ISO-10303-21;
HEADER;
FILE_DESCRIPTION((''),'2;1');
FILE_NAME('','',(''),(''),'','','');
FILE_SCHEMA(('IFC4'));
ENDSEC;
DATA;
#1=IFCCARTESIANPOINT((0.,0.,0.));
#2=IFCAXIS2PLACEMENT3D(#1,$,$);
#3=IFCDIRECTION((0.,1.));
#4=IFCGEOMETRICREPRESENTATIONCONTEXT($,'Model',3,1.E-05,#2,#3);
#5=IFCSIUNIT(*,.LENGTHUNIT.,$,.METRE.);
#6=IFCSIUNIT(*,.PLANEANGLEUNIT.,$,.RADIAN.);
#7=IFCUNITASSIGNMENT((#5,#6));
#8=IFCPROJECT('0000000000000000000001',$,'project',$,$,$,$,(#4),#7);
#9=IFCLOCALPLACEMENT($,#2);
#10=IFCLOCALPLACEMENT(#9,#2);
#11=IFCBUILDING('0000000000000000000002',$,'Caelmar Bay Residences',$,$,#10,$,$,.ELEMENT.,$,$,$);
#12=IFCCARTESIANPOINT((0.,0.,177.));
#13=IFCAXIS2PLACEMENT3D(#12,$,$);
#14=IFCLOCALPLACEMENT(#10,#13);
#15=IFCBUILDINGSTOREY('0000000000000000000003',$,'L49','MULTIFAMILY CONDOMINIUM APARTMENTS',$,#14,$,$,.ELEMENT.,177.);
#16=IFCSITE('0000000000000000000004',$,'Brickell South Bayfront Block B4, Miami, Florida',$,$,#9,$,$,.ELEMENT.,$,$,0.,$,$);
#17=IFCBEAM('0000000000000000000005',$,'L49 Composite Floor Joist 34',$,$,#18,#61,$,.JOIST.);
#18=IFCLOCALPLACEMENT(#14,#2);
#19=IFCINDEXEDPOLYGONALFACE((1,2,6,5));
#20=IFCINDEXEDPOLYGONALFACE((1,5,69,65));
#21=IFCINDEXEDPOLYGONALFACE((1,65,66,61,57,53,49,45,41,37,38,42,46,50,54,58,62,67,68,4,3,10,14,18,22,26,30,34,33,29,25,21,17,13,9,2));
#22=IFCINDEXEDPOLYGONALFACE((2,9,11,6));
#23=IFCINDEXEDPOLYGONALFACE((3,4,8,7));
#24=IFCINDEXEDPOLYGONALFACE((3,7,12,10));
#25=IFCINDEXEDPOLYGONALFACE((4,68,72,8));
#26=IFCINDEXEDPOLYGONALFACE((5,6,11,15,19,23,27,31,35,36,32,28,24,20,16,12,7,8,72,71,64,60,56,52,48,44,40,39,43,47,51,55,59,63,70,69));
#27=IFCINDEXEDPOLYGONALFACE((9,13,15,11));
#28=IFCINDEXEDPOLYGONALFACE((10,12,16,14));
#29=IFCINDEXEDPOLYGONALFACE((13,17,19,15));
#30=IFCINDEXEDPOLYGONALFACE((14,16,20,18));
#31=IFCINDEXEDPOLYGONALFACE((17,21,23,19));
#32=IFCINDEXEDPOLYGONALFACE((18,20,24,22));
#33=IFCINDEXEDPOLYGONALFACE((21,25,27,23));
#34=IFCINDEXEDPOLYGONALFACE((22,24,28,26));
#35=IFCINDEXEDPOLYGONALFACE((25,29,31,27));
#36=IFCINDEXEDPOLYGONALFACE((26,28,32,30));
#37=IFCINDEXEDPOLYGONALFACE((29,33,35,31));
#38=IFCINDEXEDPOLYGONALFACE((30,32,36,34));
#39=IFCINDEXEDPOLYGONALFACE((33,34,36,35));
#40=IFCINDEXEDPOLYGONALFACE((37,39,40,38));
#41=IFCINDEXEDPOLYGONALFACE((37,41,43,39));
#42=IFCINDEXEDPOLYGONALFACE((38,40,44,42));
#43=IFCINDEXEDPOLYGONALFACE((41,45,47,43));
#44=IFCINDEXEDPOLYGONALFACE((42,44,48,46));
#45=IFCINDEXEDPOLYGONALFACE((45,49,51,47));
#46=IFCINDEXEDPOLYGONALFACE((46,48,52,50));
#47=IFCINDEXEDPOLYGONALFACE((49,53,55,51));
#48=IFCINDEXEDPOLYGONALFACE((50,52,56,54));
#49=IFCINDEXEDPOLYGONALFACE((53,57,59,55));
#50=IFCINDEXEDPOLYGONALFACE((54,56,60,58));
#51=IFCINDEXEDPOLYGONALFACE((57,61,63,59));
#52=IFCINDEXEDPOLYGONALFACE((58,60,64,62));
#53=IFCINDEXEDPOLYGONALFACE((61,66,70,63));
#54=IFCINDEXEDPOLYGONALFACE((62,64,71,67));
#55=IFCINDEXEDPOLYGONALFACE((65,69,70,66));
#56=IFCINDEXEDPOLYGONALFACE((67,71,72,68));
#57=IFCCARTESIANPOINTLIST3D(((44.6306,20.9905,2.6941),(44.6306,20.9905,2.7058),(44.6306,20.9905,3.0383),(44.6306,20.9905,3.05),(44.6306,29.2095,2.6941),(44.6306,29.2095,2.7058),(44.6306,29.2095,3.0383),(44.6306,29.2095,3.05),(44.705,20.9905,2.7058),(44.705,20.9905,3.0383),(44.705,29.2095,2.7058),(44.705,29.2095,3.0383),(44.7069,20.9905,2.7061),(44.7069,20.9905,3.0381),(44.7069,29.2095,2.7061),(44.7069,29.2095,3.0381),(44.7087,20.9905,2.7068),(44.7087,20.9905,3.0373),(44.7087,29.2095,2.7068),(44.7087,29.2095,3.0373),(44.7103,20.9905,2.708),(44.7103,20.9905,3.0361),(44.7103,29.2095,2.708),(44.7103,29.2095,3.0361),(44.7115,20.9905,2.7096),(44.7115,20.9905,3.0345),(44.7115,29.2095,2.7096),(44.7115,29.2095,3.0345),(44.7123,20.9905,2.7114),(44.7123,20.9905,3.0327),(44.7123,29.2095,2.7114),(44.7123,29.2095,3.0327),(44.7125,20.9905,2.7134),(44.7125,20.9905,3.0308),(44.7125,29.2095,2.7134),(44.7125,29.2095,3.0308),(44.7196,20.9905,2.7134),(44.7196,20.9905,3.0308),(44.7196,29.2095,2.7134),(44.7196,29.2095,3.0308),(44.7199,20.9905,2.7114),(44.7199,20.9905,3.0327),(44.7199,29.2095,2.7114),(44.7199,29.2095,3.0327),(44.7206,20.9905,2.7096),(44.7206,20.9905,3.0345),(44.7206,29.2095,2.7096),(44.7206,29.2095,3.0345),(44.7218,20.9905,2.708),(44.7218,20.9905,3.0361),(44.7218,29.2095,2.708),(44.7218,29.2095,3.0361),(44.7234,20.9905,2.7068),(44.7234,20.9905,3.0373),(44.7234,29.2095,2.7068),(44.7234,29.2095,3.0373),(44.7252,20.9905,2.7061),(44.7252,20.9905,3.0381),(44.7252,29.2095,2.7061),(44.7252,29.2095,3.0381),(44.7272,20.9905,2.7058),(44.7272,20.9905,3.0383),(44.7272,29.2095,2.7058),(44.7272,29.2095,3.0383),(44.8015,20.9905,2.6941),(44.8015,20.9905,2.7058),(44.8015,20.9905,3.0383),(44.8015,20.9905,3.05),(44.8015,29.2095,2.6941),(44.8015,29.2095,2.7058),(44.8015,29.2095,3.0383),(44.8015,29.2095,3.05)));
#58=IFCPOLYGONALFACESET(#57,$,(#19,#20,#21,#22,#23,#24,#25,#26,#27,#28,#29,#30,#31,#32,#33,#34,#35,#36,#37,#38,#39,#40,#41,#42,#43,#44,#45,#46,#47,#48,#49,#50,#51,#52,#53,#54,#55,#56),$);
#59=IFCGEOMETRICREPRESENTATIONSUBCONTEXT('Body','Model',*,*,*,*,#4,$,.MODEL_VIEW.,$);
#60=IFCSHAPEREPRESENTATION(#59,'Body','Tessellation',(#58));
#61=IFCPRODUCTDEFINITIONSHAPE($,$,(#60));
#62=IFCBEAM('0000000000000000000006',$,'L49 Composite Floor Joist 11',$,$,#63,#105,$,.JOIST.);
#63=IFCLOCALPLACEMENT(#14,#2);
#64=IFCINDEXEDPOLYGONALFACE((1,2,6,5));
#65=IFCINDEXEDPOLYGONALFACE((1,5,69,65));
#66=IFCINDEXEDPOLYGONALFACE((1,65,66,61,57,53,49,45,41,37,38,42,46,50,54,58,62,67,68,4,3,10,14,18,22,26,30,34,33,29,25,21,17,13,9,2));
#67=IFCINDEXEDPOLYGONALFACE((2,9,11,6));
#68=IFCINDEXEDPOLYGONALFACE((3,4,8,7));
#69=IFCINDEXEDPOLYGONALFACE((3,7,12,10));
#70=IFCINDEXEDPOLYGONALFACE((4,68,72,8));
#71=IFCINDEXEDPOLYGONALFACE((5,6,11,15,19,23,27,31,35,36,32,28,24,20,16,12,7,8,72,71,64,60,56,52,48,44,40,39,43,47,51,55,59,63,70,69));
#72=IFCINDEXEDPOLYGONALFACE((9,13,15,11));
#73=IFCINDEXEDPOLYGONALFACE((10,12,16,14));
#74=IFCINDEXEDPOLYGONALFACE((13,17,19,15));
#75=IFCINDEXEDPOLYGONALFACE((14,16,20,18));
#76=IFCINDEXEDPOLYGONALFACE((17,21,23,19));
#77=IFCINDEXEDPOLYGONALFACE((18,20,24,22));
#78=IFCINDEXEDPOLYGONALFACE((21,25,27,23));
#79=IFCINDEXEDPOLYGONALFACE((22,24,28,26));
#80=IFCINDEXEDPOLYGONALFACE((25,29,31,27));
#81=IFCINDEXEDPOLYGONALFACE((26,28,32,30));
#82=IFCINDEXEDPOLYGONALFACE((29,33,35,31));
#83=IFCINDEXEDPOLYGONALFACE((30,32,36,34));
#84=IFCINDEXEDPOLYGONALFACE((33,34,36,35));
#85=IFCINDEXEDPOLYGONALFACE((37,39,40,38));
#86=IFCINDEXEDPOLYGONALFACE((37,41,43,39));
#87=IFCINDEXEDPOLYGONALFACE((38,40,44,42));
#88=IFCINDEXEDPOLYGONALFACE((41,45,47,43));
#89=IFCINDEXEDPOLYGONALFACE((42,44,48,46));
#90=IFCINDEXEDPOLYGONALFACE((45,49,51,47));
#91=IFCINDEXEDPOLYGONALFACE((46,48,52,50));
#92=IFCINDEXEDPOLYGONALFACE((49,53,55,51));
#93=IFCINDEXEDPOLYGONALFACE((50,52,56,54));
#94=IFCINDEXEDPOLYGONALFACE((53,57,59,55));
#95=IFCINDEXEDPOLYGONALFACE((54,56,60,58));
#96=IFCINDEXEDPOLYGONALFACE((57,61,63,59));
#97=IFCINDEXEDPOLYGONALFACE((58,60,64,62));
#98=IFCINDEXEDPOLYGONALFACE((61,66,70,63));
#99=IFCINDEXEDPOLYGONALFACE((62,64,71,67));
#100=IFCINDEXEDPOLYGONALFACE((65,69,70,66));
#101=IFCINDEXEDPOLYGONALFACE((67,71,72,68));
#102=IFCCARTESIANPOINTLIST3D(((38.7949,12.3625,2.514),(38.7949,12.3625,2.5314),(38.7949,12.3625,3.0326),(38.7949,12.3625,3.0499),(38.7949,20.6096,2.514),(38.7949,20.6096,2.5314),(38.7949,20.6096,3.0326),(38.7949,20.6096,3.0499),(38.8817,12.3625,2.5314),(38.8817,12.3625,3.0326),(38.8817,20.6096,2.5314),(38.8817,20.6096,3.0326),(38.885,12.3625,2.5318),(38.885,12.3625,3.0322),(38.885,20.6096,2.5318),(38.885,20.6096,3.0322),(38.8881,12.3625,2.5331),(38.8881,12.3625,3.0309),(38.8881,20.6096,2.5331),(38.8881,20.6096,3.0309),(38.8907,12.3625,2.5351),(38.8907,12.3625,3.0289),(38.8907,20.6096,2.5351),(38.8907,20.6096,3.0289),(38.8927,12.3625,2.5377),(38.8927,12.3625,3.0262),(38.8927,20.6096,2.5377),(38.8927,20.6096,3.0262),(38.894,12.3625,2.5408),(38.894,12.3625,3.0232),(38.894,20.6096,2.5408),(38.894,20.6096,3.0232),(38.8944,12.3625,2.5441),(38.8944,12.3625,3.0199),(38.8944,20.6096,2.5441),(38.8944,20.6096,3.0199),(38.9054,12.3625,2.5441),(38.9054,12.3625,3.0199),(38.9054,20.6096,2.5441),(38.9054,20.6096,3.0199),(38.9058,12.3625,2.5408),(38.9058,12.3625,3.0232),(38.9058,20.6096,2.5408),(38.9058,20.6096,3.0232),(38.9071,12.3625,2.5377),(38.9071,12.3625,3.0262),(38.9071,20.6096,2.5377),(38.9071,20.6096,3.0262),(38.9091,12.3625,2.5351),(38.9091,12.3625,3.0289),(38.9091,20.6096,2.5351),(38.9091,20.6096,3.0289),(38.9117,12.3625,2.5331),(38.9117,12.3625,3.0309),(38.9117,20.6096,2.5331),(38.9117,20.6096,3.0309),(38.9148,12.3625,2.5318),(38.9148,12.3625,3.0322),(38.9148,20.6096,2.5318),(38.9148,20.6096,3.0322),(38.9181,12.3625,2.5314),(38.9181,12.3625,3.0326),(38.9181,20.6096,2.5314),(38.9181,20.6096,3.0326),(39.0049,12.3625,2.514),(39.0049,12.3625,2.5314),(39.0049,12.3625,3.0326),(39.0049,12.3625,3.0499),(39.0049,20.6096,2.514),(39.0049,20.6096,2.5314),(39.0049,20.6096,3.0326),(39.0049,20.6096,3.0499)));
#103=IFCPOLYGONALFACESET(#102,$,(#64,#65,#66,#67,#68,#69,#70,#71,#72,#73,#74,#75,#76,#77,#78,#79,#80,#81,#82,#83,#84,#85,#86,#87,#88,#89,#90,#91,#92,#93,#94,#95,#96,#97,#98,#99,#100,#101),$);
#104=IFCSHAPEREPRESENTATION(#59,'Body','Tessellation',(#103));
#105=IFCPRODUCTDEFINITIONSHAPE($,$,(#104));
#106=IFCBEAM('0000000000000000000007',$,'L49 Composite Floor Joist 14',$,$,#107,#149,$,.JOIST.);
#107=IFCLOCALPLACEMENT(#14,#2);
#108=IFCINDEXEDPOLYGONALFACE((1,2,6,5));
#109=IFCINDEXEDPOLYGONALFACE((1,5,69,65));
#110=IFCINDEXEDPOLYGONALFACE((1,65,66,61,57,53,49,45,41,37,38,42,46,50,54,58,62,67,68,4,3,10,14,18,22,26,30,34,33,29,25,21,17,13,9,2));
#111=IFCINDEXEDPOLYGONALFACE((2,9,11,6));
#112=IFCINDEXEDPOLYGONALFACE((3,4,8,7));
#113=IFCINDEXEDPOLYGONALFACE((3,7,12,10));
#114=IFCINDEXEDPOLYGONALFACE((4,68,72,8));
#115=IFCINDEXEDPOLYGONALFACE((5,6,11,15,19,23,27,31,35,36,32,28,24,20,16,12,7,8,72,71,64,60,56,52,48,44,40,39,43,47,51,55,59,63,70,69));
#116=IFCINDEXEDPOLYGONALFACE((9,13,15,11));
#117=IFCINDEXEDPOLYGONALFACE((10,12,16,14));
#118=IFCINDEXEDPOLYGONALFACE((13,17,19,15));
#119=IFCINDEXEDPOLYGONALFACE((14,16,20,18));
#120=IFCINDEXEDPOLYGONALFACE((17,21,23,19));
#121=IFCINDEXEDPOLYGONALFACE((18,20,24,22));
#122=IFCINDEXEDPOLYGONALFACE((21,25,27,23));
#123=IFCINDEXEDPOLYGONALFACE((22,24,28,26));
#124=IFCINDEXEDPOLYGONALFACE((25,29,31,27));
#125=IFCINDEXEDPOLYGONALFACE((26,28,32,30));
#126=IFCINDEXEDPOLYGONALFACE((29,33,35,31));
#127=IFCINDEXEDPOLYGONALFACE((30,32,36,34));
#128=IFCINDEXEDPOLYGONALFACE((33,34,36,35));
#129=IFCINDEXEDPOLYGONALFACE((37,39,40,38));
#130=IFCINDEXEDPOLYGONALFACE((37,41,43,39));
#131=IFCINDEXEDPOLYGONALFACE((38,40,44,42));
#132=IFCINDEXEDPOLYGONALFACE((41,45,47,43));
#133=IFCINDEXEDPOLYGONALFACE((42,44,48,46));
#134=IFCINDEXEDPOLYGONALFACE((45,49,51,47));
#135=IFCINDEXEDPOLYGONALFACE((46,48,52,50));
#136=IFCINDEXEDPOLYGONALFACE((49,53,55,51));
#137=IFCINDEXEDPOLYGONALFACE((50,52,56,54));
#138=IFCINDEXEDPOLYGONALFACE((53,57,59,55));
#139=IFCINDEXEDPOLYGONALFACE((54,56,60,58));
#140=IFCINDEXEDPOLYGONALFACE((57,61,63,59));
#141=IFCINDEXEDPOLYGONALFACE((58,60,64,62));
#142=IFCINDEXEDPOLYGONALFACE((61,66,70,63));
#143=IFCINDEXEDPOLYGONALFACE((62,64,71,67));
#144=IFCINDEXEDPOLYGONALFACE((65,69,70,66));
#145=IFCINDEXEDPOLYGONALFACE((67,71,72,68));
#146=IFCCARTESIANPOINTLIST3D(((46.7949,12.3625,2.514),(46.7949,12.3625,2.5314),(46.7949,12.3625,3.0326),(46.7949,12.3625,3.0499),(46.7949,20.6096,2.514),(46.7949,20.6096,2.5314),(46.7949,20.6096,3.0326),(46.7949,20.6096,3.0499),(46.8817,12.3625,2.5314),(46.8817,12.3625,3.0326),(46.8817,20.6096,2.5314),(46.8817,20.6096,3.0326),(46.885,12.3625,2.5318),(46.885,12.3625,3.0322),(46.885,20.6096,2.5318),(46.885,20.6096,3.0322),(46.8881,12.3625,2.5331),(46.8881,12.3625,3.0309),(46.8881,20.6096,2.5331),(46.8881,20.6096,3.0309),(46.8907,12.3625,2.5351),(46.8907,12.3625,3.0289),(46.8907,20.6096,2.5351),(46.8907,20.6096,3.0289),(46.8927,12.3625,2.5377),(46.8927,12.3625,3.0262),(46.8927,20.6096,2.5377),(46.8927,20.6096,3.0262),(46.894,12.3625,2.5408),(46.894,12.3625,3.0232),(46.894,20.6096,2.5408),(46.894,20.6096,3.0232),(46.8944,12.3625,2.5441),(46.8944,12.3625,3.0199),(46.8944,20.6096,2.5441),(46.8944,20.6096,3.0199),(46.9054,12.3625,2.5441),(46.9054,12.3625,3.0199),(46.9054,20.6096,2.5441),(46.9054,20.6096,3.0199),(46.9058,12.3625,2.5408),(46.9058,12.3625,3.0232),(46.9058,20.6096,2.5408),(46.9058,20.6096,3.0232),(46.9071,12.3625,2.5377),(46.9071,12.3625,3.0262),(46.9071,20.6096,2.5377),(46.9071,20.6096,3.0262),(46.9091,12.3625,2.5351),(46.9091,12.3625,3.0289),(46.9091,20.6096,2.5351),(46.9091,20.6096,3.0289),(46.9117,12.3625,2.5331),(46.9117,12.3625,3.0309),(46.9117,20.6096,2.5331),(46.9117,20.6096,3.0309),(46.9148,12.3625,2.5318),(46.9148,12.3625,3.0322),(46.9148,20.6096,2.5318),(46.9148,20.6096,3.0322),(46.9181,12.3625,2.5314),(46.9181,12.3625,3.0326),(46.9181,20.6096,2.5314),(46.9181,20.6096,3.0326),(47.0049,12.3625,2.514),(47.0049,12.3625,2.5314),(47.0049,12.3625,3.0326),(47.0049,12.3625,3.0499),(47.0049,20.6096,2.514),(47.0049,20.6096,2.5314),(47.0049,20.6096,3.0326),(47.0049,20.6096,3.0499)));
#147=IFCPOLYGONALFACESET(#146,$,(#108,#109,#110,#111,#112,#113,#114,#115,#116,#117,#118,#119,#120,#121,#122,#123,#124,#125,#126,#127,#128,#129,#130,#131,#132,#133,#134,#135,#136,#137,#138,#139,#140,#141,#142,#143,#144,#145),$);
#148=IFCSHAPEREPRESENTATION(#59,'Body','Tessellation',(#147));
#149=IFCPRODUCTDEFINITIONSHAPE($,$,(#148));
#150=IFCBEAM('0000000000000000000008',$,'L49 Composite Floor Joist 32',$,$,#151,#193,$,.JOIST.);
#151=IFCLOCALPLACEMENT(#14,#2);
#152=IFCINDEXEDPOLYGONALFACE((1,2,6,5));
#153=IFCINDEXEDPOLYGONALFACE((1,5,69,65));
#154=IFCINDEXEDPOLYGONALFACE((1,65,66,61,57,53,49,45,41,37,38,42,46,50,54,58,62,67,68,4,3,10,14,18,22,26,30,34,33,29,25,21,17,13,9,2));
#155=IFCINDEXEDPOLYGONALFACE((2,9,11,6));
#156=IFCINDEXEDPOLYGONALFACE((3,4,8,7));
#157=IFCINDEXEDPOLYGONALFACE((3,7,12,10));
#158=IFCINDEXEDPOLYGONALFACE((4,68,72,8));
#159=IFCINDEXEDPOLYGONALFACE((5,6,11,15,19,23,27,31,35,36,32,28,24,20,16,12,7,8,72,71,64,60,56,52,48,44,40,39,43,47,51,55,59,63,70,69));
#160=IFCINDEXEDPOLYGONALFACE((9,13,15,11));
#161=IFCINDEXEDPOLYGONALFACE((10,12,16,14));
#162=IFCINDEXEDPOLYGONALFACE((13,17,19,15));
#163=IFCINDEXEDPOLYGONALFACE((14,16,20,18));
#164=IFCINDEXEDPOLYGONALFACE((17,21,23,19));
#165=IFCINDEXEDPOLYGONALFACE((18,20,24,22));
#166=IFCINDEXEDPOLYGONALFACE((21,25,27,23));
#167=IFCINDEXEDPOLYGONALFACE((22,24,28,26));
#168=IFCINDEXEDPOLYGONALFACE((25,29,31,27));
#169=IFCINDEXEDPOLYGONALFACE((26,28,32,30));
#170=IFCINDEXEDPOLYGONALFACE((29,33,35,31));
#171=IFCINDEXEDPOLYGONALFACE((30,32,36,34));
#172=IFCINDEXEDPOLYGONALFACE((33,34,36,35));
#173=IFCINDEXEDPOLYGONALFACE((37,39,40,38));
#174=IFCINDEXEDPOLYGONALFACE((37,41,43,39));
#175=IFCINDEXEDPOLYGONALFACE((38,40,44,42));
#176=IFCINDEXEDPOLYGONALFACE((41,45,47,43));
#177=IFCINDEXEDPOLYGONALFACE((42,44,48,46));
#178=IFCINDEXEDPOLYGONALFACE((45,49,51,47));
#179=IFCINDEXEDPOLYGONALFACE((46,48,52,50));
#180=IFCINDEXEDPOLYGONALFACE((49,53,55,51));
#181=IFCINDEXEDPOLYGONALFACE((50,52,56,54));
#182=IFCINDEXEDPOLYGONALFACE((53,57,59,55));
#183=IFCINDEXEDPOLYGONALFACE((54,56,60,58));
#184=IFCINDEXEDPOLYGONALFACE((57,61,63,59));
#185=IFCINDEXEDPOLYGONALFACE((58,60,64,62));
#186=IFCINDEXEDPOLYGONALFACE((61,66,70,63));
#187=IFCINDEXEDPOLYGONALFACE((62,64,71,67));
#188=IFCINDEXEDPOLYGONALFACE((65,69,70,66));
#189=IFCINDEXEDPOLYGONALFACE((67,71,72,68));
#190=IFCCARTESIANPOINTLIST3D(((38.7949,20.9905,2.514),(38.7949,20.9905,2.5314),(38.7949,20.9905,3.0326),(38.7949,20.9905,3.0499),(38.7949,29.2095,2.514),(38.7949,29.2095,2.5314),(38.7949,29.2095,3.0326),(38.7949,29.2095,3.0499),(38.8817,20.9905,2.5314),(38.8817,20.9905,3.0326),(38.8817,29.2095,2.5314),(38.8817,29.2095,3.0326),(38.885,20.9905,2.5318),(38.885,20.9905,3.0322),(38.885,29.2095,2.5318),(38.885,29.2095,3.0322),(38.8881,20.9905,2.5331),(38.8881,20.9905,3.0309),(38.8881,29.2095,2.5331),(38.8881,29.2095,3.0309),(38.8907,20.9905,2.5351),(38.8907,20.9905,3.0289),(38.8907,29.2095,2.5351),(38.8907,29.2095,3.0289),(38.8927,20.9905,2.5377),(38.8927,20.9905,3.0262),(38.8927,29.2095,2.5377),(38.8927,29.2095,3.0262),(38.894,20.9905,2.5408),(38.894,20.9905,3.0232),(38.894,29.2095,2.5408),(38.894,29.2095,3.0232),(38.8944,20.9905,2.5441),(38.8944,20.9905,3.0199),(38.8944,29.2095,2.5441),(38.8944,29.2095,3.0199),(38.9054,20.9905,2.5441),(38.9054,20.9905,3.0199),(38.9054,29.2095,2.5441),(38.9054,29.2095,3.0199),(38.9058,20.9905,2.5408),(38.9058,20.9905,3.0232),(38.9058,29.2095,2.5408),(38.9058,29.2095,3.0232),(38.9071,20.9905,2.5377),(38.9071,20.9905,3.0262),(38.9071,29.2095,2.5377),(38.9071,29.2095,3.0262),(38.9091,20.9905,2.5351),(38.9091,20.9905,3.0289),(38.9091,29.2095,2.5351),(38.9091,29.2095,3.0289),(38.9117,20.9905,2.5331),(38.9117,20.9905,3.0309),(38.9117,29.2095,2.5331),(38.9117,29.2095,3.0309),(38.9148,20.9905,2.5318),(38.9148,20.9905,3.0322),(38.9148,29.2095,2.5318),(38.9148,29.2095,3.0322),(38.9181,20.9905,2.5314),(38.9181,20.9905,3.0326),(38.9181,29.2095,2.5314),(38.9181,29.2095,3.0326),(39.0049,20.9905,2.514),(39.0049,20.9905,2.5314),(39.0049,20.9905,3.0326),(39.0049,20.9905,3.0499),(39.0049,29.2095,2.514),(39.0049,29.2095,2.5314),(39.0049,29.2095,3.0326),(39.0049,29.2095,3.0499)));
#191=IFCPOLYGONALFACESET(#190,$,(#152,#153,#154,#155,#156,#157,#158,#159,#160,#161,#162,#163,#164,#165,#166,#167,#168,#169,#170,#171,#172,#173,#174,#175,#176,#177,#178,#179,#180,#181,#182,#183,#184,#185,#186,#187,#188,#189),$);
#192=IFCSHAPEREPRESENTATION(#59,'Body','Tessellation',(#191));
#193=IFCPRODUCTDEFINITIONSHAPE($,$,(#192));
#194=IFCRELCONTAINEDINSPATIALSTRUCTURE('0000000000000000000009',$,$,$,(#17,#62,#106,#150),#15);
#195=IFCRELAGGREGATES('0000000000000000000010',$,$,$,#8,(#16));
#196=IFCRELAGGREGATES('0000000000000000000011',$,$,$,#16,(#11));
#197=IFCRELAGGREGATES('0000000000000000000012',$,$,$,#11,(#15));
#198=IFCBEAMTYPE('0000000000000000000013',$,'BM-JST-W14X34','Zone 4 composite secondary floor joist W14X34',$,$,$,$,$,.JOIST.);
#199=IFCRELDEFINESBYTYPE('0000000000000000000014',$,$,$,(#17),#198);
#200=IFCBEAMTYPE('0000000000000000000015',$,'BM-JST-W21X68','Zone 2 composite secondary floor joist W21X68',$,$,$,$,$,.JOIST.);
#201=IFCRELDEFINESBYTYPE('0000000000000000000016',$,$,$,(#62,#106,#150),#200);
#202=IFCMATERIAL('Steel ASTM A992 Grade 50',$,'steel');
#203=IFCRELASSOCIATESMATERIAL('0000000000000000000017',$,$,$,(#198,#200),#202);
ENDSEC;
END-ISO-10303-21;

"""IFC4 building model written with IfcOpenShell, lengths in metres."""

from ifc_helpers import new_model, si_unit, direction, frame, origin, origin_2d, place, context, subcontext, project, spatial, i_section, extrude, material, material_profile, profile_set, type_object, element, save


model = new_model("IFC4")

# Units and contexts
model_context = context("Model", 3, precision=1e-05, world=origin(), true_north=direction((0.0, 1.0)))
body_context = subcontext(model_context, "Body", "Model", "MODEL_VIEW")
ifc_project = project(units=[si_unit("LENGTHUNIT", "METRE"), si_unit("PLANEANGLEUNIT", "RADIAN")], contexts=[model_context])

# Site, building, storey
site_placement = place(None, origin())
site = spatial("IfcSite", under=ifc_project, at=site_placement, Name="Brickell South Bayfront Block B4, Miami, Florida", CompositionType="ELEMENT", RefElevation=0.0)
building_placement = place(site_placement, origin())
building = spatial("IfcBuilding", under=site, at=building_placement, Name="Caelmar Bay Residences", CompositionType="ELEMENT")
storey_placement = place(building_placement, frame((0.0, 0.0, 177.0)))
storey = spatial("IfcBuildingStorey", under=building, at=storey_placement, Name="L49", Description="MULTIFAMILY CONDOMINIUM APARTMENTS", CompositionType="ELEMENT", Elevation=177.0)

# Beams
ifc_material_1 = material(Name="Steel ASTM A992 Grade 50", Category="steel")
ifc_material_profile_1 = material_profile(ifc_material_1, i_section(OverallWidth=0.1709, OverallDepth=0.356, WebThickness=0.0071, FlangeThickness=0.0117, FilletRadius=0.0076, at=origin_2d()), Name="W14X34")
ifc_profile_set_1 = profile_set([ifc_material_profile_1], Name="Steel ASTM A992 Grade 50")
beam_type_1 = type_object("IfcBeamType", Name="BM-JST-W14X34", Description="Zone 4 composite secondary floor joist W14X34", PredefinedType="JOIST", material=ifc_profile_set_1)
for number, where, z_axis, x_axis, name in (
    (1, (44.7161, 20.9905, 2.8721), (0.0, 1.0, 0.0), (-1.0, 0.0, 0.0), "L49 Composite Floor Joist 34"),
):
    element("IfcBeam", number, at=place(storey_placement, frame(where, z_axis=z_axis, x_axis=x_axis)), inside=storey, type_object=beam_type_1, Name=name, PredefinedType="JOIST", context=body_context, shape_type="SweptSolid", body=[
        extrude(i_section(OverallWidth=0.1709, OverallDepth=0.356, WebThickness=0.0071, FlangeThickness=0.0117, FilletRadius=0.0076, at=origin_2d()), origin(), (0.0, 0.0, 1.0), 8.219),
    ])
ifc_material_profile_2 = material_profile(ifc_material_1, i_section(OverallWidth=0.21, OverallDepth=0.5359, WebThickness=0.011, FlangeThickness=0.0173, FilletRadius=0.0127, at=origin_2d()), Name="W21X68")
ifc_profile_set_2 = profile_set([ifc_material_profile_2], Name="Steel ASTM A992 Grade 50")
beam_type_2 = type_object("IfcBeamType", Name="BM-JST-W21X68", Description="Zone 2 composite secondary floor joist W21X68", PredefinedType="JOIST", material=ifc_profile_set_2)
for number, where, z_axis, x_axis, name in (
    (2, (38.8999, 12.3625, 2.782), (0.0, 1.0, 0.0), (-1.0, 0.0, 0.0), "L49 Composite Floor Joist 11"),
    (3, (46.8999, 12.3625, 2.782), (0.0, 1.0, 0.0), (-1.0, 0.0, 0.0), "L49 Composite Floor Joist 14"),
):
    element("IfcBeam", number, at=place(storey_placement, frame(where, z_axis=z_axis, x_axis=x_axis)), inside=storey, type_object=beam_type_2, Name=name, PredefinedType="JOIST", context=body_context, shape_type="SweptSolid", body=[
        extrude(i_section(OverallWidth=0.21, OverallDepth=0.5359, WebThickness=0.011, FlangeThickness=0.0173, FilletRadius=0.0127, at=origin_2d()), origin(), (0.0, 0.0, 1.0), 8.2471),
    ])
for number, where, z_axis, x_axis, name in (
    (4, (38.8999, 20.9905, 2.782), (0.0, 1.0, 0.0), (-1.0, 0.0, 0.0), "L49 Composite Floor Joist 32"),
):
    element("IfcBeam", number, at=place(storey_placement, frame(where, z_axis=z_axis, x_axis=x_axis)), inside=storey, type_object=beam_type_2, Name=name, PredefinedType="JOIST", context=body_context, shape_type="SweptSolid", body=[
        extrude(i_section(OverallWidth=0.21, OverallDepth=0.5359, WebThickness=0.011, FlangeThickness=0.0173, FilletRadius=0.0127, at=origin_2d()), origin(), (0.0, 0.0, 1.0), 8.219),
    ])

save(model, "model.ifc")
